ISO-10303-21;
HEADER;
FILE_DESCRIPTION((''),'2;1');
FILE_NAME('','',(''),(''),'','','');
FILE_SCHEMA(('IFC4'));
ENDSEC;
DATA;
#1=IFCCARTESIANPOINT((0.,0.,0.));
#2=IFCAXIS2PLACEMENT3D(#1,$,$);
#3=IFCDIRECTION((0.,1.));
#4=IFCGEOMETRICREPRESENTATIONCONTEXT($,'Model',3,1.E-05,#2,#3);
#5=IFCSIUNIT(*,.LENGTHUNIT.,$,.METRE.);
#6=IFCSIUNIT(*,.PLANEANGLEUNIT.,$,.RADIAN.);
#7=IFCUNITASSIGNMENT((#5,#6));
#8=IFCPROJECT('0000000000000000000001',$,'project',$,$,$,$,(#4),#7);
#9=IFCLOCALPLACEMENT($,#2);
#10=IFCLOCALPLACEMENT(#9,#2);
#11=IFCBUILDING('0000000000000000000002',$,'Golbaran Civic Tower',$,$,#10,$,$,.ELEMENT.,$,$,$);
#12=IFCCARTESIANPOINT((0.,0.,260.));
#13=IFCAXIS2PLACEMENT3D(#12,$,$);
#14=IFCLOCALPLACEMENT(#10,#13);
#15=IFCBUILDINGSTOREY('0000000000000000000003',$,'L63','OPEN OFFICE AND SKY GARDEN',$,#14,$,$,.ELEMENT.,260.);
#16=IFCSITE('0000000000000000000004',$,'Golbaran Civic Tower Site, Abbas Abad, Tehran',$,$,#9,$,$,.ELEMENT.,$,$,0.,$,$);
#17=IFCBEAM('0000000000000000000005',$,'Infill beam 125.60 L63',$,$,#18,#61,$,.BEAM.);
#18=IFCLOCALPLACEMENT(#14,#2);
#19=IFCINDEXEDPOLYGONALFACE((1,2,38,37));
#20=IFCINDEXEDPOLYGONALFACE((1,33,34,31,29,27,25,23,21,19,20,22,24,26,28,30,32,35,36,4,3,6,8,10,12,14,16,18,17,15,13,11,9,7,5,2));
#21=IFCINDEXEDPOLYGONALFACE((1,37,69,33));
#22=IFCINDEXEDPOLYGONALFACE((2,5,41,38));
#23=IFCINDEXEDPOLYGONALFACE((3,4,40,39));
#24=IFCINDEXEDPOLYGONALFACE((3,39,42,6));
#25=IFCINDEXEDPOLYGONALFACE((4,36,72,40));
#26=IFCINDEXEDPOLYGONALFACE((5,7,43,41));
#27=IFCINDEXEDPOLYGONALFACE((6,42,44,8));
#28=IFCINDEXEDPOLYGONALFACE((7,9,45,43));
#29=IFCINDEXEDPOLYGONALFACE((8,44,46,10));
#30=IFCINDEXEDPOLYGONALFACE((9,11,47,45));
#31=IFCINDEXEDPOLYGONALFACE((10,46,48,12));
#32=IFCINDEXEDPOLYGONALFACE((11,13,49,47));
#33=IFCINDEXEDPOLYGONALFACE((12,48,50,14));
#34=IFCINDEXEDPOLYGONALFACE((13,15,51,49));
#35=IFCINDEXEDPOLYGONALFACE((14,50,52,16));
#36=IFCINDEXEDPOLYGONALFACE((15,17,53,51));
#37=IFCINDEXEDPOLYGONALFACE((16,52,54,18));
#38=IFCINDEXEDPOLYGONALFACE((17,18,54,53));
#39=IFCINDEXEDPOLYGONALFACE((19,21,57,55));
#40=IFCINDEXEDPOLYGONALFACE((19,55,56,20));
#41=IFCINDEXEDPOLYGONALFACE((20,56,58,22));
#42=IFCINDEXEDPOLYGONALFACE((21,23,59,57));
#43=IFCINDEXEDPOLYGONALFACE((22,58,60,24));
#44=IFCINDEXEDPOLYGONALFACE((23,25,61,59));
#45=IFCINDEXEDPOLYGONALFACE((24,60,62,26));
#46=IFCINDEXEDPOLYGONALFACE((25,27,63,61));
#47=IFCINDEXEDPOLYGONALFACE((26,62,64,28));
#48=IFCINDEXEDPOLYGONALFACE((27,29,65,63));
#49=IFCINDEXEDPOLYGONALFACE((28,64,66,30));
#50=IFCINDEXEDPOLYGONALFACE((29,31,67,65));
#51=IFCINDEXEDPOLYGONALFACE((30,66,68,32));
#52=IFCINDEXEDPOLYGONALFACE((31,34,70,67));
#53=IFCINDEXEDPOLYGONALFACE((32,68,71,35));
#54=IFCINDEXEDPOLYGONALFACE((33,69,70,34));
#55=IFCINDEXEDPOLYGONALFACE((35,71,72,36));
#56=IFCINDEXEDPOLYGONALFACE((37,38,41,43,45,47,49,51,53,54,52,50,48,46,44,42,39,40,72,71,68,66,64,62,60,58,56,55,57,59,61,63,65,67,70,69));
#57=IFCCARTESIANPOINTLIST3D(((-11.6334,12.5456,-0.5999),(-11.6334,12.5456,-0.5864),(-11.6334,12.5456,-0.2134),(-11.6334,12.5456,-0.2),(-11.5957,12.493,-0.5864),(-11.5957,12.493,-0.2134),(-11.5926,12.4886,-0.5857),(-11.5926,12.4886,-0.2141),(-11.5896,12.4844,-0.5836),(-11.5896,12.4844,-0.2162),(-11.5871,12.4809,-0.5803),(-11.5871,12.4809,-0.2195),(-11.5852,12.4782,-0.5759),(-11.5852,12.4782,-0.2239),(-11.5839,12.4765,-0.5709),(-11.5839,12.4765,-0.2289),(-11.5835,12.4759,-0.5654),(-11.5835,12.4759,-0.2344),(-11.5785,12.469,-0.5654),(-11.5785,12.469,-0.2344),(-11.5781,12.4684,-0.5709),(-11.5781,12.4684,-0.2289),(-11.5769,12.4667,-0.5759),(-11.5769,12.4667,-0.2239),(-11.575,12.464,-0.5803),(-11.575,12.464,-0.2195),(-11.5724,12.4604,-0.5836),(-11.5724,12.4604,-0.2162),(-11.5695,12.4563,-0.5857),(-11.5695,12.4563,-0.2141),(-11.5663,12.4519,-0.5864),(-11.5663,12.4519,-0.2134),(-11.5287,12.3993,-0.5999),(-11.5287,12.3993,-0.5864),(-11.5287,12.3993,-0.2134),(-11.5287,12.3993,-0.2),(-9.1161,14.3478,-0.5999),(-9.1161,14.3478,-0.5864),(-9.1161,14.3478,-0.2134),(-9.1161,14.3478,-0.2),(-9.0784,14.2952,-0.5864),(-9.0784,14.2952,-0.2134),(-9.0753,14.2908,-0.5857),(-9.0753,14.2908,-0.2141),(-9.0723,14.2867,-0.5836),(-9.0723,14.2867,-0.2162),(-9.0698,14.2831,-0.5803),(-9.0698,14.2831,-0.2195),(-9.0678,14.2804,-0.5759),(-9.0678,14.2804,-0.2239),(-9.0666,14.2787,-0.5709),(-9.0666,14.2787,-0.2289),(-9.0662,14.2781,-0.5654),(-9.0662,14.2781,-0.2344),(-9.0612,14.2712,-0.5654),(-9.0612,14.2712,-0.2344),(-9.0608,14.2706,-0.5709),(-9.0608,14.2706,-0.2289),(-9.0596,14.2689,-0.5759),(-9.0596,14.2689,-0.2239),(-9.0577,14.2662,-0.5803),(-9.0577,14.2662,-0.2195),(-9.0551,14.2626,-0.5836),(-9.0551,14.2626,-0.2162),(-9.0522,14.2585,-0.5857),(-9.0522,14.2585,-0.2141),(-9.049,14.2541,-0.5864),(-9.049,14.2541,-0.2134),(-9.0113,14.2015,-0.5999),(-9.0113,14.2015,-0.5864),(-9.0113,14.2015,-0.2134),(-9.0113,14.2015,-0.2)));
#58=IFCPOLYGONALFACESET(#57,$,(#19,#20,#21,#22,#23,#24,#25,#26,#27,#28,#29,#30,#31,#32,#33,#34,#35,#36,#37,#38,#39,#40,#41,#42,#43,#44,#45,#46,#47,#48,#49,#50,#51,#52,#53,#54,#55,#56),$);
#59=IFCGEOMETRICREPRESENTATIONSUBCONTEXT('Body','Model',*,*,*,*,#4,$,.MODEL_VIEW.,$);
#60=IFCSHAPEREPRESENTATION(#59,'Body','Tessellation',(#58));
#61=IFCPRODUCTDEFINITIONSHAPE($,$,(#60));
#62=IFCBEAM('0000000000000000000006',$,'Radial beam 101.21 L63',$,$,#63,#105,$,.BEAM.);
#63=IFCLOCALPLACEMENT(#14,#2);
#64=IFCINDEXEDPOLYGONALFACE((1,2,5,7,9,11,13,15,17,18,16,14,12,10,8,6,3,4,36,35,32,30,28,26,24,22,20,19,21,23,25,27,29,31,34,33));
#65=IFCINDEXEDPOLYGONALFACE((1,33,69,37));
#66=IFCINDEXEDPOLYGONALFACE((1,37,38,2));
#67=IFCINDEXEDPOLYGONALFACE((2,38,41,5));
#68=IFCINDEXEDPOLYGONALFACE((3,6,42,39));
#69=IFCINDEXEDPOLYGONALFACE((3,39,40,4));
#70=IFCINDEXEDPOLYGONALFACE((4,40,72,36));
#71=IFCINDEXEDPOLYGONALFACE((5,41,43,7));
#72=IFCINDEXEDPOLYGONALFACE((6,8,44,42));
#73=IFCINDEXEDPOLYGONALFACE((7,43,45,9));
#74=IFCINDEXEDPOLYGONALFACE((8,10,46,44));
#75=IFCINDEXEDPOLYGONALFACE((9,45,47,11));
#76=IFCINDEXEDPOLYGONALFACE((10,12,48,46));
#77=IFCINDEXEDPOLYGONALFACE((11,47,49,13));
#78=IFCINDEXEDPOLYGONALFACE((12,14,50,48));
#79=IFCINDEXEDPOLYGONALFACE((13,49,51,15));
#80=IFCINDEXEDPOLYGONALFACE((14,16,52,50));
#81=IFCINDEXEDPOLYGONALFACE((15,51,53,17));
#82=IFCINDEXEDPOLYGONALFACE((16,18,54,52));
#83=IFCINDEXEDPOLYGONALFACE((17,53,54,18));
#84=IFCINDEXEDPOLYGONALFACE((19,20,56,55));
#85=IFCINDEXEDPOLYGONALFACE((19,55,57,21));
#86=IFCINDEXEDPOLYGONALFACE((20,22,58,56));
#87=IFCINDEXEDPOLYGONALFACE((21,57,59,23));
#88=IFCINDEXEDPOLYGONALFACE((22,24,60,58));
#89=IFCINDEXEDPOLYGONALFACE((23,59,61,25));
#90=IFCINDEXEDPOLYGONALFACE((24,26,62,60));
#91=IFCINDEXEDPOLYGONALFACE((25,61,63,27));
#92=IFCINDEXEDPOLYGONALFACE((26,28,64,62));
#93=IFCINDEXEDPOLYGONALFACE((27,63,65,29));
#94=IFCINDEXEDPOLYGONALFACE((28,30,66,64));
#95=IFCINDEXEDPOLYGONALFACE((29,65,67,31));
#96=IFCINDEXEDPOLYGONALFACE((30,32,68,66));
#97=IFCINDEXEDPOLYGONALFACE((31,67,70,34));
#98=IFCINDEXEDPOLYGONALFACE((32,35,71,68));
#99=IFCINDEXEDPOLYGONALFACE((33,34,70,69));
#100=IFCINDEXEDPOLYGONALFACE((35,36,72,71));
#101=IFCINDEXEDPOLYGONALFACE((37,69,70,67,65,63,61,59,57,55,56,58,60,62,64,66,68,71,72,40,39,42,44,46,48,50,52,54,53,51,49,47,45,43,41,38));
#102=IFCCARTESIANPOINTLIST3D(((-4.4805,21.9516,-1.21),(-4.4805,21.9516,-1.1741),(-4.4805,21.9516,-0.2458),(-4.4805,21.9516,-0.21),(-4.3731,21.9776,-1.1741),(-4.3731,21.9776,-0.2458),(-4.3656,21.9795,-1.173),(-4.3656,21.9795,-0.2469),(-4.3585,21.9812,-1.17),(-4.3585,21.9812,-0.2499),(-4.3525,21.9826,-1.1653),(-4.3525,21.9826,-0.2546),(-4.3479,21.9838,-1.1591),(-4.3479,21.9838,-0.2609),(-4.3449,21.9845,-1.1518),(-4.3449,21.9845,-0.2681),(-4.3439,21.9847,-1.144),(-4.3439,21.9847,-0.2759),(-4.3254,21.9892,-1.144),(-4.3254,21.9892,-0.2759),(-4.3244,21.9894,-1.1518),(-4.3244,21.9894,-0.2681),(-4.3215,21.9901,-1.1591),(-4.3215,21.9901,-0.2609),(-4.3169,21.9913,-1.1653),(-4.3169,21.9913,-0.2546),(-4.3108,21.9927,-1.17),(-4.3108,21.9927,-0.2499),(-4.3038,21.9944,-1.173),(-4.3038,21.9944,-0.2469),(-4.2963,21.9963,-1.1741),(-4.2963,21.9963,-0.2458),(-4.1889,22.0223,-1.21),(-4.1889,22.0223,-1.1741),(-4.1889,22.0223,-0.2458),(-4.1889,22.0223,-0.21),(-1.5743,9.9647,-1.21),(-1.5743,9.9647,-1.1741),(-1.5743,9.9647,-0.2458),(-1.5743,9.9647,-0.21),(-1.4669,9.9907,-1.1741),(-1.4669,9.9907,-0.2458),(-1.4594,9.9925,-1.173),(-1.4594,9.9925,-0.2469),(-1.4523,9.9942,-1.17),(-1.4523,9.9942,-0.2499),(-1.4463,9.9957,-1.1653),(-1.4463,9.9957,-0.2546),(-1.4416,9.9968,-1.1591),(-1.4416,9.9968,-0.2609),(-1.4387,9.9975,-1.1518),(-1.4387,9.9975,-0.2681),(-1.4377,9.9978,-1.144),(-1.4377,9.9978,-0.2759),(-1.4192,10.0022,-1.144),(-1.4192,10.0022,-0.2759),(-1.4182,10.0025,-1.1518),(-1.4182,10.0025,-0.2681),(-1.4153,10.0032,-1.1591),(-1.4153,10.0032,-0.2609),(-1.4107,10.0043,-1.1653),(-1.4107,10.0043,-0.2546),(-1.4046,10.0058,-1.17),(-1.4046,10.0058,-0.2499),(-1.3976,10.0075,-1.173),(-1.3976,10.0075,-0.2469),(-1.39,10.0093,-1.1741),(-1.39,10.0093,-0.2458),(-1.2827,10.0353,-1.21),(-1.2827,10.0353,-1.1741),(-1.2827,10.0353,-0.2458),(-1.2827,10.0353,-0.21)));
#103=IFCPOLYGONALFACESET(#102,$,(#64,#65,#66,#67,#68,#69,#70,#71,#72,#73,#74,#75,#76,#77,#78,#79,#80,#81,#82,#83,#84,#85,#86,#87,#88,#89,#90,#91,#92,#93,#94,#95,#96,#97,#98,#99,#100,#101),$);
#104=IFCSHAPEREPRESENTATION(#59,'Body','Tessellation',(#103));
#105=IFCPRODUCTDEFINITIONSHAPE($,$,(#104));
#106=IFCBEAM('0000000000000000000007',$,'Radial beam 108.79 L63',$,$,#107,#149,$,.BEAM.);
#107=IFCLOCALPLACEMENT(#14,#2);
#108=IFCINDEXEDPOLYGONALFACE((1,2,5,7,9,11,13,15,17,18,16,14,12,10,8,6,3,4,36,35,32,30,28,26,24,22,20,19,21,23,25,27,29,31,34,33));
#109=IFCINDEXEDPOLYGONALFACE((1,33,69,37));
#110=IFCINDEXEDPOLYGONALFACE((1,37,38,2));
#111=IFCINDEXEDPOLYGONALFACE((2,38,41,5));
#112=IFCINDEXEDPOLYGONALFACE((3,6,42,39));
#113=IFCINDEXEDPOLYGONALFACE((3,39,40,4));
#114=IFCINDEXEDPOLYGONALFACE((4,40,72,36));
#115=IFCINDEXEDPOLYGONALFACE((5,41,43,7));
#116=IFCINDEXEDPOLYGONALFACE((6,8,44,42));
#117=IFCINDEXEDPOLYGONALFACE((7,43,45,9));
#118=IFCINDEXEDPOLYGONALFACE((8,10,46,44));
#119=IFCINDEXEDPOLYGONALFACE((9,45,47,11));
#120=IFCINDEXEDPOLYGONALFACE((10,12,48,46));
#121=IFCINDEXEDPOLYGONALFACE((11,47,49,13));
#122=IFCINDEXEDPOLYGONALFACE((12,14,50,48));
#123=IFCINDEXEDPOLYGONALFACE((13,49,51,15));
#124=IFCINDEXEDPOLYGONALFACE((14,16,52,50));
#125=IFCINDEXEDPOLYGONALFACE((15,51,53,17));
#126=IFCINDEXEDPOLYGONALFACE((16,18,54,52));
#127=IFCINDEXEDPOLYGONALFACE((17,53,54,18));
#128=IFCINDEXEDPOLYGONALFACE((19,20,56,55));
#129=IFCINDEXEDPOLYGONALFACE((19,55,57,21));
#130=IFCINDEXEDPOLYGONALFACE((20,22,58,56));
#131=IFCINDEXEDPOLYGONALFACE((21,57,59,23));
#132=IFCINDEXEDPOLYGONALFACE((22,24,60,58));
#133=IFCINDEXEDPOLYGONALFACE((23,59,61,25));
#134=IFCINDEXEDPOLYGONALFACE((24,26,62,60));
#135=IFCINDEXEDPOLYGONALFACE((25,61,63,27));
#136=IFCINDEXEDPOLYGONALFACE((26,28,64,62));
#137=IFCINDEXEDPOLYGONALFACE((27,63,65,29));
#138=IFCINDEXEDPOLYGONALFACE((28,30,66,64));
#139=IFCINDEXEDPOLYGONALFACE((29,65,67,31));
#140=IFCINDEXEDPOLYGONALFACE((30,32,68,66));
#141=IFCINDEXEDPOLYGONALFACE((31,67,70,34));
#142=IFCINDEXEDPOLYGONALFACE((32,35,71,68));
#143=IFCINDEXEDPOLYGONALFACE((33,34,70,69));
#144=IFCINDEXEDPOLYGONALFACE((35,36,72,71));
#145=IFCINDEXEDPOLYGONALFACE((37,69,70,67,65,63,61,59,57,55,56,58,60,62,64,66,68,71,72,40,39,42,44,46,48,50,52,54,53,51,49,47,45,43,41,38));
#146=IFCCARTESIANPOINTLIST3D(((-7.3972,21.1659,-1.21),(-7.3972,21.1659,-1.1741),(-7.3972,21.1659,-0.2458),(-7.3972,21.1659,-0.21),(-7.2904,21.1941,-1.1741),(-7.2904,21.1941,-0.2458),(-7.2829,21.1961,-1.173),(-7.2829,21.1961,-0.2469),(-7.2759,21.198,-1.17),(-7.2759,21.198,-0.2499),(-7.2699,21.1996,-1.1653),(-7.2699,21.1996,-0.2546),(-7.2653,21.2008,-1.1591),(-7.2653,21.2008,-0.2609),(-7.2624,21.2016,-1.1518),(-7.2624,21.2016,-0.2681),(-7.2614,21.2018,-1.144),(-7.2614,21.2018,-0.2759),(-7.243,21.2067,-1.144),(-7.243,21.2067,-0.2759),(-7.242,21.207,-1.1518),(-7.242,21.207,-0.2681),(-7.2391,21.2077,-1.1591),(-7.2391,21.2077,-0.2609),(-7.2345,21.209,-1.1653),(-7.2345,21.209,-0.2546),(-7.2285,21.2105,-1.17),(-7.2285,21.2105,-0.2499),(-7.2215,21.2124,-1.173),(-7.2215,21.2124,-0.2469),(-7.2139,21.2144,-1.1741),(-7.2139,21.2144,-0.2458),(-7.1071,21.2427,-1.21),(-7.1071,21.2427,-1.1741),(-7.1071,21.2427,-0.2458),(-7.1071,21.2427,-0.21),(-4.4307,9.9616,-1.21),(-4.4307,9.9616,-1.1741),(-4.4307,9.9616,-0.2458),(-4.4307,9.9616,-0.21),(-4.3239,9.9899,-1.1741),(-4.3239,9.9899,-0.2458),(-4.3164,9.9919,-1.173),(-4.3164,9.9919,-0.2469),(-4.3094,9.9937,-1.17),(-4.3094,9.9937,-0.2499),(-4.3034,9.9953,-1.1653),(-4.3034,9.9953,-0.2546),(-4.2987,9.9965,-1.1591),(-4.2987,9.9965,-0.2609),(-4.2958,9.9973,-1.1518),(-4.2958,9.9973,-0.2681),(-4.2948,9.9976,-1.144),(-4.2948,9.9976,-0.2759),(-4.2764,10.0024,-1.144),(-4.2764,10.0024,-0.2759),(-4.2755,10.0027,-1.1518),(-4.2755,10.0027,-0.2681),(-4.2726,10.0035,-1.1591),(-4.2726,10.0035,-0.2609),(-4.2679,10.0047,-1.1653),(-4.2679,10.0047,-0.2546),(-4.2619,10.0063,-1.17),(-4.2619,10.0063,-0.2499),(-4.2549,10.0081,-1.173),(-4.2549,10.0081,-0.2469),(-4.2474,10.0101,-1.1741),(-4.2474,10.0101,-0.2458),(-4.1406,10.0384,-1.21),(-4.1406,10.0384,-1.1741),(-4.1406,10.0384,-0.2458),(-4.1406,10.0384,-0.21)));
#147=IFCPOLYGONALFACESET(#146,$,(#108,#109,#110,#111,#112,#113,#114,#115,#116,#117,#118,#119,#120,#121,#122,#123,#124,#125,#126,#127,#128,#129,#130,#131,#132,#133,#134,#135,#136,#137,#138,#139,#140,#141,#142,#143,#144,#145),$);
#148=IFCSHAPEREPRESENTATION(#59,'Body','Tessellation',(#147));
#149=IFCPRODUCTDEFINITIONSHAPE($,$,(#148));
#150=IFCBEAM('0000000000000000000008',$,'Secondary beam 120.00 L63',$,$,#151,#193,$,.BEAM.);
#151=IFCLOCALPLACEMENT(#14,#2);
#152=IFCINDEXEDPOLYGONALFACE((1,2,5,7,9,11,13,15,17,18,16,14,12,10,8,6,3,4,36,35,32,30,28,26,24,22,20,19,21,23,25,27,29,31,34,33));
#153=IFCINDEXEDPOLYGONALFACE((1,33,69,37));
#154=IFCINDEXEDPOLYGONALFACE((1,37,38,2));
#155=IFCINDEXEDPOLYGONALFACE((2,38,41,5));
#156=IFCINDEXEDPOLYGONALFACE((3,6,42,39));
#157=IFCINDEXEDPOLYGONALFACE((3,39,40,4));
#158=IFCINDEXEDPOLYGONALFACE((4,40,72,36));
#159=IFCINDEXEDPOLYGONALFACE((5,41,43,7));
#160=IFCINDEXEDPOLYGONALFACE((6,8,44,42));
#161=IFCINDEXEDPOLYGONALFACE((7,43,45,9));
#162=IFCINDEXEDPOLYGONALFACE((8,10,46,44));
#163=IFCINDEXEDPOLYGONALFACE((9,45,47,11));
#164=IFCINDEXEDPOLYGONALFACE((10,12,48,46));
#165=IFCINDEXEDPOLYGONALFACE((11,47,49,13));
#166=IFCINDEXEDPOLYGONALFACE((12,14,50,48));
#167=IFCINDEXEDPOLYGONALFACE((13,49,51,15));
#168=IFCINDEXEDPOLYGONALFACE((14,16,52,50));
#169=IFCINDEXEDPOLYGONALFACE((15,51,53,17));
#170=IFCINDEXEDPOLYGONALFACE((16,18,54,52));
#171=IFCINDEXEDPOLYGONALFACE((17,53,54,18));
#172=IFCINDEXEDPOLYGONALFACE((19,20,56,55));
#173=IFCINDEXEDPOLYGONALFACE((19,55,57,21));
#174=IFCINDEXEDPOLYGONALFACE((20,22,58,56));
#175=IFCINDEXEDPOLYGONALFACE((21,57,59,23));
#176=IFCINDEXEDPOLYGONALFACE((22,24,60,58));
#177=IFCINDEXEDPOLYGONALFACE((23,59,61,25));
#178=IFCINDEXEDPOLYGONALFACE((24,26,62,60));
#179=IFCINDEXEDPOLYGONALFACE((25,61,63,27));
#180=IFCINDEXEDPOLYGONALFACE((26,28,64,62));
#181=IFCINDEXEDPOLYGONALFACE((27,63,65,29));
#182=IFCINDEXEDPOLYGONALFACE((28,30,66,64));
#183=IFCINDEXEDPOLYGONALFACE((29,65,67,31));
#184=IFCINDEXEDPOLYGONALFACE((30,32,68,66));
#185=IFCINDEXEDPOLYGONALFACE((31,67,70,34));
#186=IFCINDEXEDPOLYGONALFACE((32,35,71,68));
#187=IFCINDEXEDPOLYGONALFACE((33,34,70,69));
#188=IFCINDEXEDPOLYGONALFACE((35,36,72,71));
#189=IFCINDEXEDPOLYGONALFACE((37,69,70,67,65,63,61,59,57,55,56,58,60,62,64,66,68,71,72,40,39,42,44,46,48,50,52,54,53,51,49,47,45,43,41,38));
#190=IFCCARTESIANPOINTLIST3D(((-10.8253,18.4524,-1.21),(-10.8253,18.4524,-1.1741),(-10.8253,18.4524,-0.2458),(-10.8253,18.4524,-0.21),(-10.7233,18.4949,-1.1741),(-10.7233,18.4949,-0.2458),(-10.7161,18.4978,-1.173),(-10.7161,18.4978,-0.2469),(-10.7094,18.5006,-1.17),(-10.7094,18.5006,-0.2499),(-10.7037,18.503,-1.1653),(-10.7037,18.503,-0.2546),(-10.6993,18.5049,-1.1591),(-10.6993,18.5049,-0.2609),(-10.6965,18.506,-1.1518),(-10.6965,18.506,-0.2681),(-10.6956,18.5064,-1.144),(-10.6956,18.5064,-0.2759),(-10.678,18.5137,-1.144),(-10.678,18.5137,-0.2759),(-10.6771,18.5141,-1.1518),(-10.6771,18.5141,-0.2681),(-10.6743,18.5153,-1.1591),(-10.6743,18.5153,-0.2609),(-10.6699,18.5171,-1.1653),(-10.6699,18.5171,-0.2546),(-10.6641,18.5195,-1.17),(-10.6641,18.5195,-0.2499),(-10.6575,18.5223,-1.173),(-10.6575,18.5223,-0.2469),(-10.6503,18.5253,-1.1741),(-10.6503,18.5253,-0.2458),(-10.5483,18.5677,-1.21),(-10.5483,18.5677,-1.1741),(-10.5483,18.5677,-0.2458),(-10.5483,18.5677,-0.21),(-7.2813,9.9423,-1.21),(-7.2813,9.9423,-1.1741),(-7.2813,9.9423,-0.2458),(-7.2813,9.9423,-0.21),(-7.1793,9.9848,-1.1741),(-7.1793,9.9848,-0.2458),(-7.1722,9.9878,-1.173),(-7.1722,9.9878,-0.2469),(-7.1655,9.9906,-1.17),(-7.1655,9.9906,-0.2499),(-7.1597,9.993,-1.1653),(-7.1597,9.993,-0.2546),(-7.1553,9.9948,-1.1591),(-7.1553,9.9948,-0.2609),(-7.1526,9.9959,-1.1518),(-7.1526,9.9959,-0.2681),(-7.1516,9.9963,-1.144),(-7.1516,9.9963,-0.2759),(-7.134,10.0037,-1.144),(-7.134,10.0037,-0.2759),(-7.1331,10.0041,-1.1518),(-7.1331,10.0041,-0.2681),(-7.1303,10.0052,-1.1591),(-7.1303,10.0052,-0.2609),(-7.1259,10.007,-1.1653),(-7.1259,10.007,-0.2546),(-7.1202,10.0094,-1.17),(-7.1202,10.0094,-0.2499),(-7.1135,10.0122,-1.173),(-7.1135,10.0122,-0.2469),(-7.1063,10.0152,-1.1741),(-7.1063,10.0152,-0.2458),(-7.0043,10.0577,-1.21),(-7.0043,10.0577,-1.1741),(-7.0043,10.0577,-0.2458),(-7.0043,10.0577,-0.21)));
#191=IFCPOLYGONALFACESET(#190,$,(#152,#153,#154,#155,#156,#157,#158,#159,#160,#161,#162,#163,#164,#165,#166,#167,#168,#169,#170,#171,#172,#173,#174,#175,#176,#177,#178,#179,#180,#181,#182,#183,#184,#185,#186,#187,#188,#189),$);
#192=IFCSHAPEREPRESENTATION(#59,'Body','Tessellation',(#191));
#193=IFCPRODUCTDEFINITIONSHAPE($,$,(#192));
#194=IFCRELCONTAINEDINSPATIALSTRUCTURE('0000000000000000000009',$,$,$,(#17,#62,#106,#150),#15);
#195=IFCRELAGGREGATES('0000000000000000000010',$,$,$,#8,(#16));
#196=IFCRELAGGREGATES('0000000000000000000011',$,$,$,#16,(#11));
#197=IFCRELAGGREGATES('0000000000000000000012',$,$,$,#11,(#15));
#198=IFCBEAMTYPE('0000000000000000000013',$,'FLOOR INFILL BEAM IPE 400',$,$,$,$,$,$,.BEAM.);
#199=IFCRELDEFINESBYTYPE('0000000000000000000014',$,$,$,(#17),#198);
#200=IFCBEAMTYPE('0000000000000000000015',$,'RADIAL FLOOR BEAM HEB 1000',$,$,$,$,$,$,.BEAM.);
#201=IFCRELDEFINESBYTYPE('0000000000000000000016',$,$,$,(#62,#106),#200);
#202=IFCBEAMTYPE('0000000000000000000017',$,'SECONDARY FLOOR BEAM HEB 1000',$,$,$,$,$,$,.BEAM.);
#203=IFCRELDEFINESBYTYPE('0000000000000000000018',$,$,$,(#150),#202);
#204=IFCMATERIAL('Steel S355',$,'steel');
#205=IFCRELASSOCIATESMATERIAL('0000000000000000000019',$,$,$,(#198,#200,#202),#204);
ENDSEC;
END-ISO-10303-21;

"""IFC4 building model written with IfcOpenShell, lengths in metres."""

from ifc_helpers import new_model, si_unit, direction, frame, origin, origin_2d, place, context, subcontext, project, spatial, i_section, extrude, material, material_profile, profile_set, type_object, element, save


model = new_model("IFC4")

# Units and contexts
model_context = context("Model", 3, precision=1e-05, world=origin(), true_north=direction((0.0, 1.0)))
body_context = subcontext(model_context, "Body", "Model", "MODEL_VIEW")
ifc_project = project(units=[si_unit("LENGTHUNIT", "METRE"), si_unit("PLANEANGLEUNIT", "RADIAN")], contexts=[model_context])

# Site, building, storey
site_placement = place(None, origin())
site = spatial("IfcSite", under=ifc_project, at=site_placement, Name="Golbaran Civic Tower Site, Abbas Abad, Tehran", CompositionType="ELEMENT", RefElevation=0.0)
building_placement = place(site_placement, origin())
building = spatial("IfcBuilding", under=site, at=building_placement, Name="Golbaran Civic Tower", CompositionType="ELEMENT")
storey_placement = place(building_placement, frame((0.0, 0.0, 260.0)))
storey = spatial("IfcBuildingStorey", under=building, at=storey_placement, Name="L63", Description="OPEN OFFICE AND SKY GARDEN", CompositionType="ELEMENT", Elevation=260.0)

# Beams
ifc_material_1 = material(Name="Steel S355", Category="steel")
ifc_material_profile_1 = material_profile(ifc_material_1, i_section(OverallWidth=0.1799, OverallDepth=0.3999, WebThickness=0.0085, FlangeThickness=0.0134, FilletRadius=0.021, at=origin_2d()), Name="IPE 400")
ifc_profile_set_1 = profile_set([ifc_material_profile_1], Name="Steel S355")
beam_type_1 = type_object("IfcBeamType", Name="FLOOR INFILL BEAM IPE 400", PredefinedType="BEAM", material=ifc_profile_set_1)
beam_1_placement = place(storey_placement, frame((-9.0637, 14.2747, -0.3999), z_axis=(-0.813099, -0.582126, 0.0), x_axis=(0.582126, -0.813099, 0.0)))
element("IfcBeam", 1, at=beam_1_placement, inside=storey, type_object=beam_type_1, Name="Infill beam 125.60 L63", PredefinedType="BEAM", context=body_context, shape_type="SweptSolid", body=[
    extrude(i_section(OverallWidth=0.1799, OverallDepth=0.3999, WebThickness=0.0085, FlangeThickness=0.0134, FilletRadius=0.021, at=origin_2d()), origin(), (0.0, 0.0, 1.0), 3.0959),
])
ifc_material_profile_2 = material_profile(ifc_material_1, i_section(OverallWidth=0.3, OverallDepth=1.0, WebThickness=0.019, FlangeThickness=0.0359, FilletRadius=0.03, at=origin_2d()), Name="HEB 1000")
ifc_profile_set_2 = profile_set([ifc_material_profile_2], Name="Steel S355")
beam_type_2 = type_object("IfcBeamType", Name="RADIAL FLOOR BEAM HEB 1000", PredefinedType="BEAM", material=ifc_profile_set_2)
beam_2_placement = place(storey_placement, frame((-1.4285, 10.0, -0.71), z_axis=(-0.235623, 0.971845, 0.0), x_axis=(-0.971845, -0.235623, 0.0)))
element("IfcBeam", 2, at=beam_2_placement, inside=storey, type_object=beam_type_2, Name="Radial beam 101.21 L63", PredefinedType="BEAM", context=body_context, shape_type="SweptSolid", body=[
    extrude(i_section(OverallWidth=0.3, OverallDepth=1.0, WebThickness=0.019, FlangeThickness=0.0359, FilletRadius=0.03, at=origin_2d()), origin(), (0.0, 0.0, 1.0), 12.3342),
])
beam_3_placement = place(storey_placement, frame((-4.2856, 10.0, -0.71), z_axis=(-0.255949, 0.96669, 0.0), x_axis=(-0.96669, -0.255949, 0.0)))
element("IfcBeam", 3, at=beam_3_placement, inside=storey, type_object=beam_type_2, Name="Radial beam 108.79 L63", PredefinedType="BEAM", context=body_context, shape_type="SweptSolid", body=[
    extrude(i_section(OverallWidth=0.3, OverallDepth=1.0, WebThickness=0.019, FlangeThickness=0.0359, FilletRadius=0.03, at=origin_2d()), origin(), (0.0, 0.0, 1.0), 11.5903),
])
ifc_material_profile_3 = material_profile(ifc_material_1, i_section(OverallWidth=0.3, OverallDepth=1.0, WebThickness=0.019, FlangeThickness=0.0359, FilletRadius=0.03, at=origin_2d()), Name="HEB 1000")
ifc_profile_set_3 = profile_set([ifc_material_profile_3], Name="Steel S355")
beam_type_3 = type_object("IfcBeamType", Name="SECONDARY FLOOR BEAM HEB 1000", PredefinedType="BEAM", material=ifc_profile_set_3)
beam_4_placement = place(storey_placement, frame((-7.1428, 10.0, -0.71), z_axis=(-0.38444, 0.92315, 0.0), x_axis=(-0.92315, -0.38444, 0.0)))
element("IfcBeam", 4, at=beam_4_placement, inside=storey, type_object=beam_type_3, Name="Secondary beam 120.00 L63", PredefinedType="BEAM", context=body_context, shape_type="SweptSolid", body=[
    extrude(i_section(OverallWidth=0.3, OverallDepth=1.0, WebThickness=0.019, FlangeThickness=0.0359, FilletRadius=0.03, at=origin_2d()), origin(), (0.0, 0.0, 1.0), 9.2185),
])

save(model, "model.ifc")
